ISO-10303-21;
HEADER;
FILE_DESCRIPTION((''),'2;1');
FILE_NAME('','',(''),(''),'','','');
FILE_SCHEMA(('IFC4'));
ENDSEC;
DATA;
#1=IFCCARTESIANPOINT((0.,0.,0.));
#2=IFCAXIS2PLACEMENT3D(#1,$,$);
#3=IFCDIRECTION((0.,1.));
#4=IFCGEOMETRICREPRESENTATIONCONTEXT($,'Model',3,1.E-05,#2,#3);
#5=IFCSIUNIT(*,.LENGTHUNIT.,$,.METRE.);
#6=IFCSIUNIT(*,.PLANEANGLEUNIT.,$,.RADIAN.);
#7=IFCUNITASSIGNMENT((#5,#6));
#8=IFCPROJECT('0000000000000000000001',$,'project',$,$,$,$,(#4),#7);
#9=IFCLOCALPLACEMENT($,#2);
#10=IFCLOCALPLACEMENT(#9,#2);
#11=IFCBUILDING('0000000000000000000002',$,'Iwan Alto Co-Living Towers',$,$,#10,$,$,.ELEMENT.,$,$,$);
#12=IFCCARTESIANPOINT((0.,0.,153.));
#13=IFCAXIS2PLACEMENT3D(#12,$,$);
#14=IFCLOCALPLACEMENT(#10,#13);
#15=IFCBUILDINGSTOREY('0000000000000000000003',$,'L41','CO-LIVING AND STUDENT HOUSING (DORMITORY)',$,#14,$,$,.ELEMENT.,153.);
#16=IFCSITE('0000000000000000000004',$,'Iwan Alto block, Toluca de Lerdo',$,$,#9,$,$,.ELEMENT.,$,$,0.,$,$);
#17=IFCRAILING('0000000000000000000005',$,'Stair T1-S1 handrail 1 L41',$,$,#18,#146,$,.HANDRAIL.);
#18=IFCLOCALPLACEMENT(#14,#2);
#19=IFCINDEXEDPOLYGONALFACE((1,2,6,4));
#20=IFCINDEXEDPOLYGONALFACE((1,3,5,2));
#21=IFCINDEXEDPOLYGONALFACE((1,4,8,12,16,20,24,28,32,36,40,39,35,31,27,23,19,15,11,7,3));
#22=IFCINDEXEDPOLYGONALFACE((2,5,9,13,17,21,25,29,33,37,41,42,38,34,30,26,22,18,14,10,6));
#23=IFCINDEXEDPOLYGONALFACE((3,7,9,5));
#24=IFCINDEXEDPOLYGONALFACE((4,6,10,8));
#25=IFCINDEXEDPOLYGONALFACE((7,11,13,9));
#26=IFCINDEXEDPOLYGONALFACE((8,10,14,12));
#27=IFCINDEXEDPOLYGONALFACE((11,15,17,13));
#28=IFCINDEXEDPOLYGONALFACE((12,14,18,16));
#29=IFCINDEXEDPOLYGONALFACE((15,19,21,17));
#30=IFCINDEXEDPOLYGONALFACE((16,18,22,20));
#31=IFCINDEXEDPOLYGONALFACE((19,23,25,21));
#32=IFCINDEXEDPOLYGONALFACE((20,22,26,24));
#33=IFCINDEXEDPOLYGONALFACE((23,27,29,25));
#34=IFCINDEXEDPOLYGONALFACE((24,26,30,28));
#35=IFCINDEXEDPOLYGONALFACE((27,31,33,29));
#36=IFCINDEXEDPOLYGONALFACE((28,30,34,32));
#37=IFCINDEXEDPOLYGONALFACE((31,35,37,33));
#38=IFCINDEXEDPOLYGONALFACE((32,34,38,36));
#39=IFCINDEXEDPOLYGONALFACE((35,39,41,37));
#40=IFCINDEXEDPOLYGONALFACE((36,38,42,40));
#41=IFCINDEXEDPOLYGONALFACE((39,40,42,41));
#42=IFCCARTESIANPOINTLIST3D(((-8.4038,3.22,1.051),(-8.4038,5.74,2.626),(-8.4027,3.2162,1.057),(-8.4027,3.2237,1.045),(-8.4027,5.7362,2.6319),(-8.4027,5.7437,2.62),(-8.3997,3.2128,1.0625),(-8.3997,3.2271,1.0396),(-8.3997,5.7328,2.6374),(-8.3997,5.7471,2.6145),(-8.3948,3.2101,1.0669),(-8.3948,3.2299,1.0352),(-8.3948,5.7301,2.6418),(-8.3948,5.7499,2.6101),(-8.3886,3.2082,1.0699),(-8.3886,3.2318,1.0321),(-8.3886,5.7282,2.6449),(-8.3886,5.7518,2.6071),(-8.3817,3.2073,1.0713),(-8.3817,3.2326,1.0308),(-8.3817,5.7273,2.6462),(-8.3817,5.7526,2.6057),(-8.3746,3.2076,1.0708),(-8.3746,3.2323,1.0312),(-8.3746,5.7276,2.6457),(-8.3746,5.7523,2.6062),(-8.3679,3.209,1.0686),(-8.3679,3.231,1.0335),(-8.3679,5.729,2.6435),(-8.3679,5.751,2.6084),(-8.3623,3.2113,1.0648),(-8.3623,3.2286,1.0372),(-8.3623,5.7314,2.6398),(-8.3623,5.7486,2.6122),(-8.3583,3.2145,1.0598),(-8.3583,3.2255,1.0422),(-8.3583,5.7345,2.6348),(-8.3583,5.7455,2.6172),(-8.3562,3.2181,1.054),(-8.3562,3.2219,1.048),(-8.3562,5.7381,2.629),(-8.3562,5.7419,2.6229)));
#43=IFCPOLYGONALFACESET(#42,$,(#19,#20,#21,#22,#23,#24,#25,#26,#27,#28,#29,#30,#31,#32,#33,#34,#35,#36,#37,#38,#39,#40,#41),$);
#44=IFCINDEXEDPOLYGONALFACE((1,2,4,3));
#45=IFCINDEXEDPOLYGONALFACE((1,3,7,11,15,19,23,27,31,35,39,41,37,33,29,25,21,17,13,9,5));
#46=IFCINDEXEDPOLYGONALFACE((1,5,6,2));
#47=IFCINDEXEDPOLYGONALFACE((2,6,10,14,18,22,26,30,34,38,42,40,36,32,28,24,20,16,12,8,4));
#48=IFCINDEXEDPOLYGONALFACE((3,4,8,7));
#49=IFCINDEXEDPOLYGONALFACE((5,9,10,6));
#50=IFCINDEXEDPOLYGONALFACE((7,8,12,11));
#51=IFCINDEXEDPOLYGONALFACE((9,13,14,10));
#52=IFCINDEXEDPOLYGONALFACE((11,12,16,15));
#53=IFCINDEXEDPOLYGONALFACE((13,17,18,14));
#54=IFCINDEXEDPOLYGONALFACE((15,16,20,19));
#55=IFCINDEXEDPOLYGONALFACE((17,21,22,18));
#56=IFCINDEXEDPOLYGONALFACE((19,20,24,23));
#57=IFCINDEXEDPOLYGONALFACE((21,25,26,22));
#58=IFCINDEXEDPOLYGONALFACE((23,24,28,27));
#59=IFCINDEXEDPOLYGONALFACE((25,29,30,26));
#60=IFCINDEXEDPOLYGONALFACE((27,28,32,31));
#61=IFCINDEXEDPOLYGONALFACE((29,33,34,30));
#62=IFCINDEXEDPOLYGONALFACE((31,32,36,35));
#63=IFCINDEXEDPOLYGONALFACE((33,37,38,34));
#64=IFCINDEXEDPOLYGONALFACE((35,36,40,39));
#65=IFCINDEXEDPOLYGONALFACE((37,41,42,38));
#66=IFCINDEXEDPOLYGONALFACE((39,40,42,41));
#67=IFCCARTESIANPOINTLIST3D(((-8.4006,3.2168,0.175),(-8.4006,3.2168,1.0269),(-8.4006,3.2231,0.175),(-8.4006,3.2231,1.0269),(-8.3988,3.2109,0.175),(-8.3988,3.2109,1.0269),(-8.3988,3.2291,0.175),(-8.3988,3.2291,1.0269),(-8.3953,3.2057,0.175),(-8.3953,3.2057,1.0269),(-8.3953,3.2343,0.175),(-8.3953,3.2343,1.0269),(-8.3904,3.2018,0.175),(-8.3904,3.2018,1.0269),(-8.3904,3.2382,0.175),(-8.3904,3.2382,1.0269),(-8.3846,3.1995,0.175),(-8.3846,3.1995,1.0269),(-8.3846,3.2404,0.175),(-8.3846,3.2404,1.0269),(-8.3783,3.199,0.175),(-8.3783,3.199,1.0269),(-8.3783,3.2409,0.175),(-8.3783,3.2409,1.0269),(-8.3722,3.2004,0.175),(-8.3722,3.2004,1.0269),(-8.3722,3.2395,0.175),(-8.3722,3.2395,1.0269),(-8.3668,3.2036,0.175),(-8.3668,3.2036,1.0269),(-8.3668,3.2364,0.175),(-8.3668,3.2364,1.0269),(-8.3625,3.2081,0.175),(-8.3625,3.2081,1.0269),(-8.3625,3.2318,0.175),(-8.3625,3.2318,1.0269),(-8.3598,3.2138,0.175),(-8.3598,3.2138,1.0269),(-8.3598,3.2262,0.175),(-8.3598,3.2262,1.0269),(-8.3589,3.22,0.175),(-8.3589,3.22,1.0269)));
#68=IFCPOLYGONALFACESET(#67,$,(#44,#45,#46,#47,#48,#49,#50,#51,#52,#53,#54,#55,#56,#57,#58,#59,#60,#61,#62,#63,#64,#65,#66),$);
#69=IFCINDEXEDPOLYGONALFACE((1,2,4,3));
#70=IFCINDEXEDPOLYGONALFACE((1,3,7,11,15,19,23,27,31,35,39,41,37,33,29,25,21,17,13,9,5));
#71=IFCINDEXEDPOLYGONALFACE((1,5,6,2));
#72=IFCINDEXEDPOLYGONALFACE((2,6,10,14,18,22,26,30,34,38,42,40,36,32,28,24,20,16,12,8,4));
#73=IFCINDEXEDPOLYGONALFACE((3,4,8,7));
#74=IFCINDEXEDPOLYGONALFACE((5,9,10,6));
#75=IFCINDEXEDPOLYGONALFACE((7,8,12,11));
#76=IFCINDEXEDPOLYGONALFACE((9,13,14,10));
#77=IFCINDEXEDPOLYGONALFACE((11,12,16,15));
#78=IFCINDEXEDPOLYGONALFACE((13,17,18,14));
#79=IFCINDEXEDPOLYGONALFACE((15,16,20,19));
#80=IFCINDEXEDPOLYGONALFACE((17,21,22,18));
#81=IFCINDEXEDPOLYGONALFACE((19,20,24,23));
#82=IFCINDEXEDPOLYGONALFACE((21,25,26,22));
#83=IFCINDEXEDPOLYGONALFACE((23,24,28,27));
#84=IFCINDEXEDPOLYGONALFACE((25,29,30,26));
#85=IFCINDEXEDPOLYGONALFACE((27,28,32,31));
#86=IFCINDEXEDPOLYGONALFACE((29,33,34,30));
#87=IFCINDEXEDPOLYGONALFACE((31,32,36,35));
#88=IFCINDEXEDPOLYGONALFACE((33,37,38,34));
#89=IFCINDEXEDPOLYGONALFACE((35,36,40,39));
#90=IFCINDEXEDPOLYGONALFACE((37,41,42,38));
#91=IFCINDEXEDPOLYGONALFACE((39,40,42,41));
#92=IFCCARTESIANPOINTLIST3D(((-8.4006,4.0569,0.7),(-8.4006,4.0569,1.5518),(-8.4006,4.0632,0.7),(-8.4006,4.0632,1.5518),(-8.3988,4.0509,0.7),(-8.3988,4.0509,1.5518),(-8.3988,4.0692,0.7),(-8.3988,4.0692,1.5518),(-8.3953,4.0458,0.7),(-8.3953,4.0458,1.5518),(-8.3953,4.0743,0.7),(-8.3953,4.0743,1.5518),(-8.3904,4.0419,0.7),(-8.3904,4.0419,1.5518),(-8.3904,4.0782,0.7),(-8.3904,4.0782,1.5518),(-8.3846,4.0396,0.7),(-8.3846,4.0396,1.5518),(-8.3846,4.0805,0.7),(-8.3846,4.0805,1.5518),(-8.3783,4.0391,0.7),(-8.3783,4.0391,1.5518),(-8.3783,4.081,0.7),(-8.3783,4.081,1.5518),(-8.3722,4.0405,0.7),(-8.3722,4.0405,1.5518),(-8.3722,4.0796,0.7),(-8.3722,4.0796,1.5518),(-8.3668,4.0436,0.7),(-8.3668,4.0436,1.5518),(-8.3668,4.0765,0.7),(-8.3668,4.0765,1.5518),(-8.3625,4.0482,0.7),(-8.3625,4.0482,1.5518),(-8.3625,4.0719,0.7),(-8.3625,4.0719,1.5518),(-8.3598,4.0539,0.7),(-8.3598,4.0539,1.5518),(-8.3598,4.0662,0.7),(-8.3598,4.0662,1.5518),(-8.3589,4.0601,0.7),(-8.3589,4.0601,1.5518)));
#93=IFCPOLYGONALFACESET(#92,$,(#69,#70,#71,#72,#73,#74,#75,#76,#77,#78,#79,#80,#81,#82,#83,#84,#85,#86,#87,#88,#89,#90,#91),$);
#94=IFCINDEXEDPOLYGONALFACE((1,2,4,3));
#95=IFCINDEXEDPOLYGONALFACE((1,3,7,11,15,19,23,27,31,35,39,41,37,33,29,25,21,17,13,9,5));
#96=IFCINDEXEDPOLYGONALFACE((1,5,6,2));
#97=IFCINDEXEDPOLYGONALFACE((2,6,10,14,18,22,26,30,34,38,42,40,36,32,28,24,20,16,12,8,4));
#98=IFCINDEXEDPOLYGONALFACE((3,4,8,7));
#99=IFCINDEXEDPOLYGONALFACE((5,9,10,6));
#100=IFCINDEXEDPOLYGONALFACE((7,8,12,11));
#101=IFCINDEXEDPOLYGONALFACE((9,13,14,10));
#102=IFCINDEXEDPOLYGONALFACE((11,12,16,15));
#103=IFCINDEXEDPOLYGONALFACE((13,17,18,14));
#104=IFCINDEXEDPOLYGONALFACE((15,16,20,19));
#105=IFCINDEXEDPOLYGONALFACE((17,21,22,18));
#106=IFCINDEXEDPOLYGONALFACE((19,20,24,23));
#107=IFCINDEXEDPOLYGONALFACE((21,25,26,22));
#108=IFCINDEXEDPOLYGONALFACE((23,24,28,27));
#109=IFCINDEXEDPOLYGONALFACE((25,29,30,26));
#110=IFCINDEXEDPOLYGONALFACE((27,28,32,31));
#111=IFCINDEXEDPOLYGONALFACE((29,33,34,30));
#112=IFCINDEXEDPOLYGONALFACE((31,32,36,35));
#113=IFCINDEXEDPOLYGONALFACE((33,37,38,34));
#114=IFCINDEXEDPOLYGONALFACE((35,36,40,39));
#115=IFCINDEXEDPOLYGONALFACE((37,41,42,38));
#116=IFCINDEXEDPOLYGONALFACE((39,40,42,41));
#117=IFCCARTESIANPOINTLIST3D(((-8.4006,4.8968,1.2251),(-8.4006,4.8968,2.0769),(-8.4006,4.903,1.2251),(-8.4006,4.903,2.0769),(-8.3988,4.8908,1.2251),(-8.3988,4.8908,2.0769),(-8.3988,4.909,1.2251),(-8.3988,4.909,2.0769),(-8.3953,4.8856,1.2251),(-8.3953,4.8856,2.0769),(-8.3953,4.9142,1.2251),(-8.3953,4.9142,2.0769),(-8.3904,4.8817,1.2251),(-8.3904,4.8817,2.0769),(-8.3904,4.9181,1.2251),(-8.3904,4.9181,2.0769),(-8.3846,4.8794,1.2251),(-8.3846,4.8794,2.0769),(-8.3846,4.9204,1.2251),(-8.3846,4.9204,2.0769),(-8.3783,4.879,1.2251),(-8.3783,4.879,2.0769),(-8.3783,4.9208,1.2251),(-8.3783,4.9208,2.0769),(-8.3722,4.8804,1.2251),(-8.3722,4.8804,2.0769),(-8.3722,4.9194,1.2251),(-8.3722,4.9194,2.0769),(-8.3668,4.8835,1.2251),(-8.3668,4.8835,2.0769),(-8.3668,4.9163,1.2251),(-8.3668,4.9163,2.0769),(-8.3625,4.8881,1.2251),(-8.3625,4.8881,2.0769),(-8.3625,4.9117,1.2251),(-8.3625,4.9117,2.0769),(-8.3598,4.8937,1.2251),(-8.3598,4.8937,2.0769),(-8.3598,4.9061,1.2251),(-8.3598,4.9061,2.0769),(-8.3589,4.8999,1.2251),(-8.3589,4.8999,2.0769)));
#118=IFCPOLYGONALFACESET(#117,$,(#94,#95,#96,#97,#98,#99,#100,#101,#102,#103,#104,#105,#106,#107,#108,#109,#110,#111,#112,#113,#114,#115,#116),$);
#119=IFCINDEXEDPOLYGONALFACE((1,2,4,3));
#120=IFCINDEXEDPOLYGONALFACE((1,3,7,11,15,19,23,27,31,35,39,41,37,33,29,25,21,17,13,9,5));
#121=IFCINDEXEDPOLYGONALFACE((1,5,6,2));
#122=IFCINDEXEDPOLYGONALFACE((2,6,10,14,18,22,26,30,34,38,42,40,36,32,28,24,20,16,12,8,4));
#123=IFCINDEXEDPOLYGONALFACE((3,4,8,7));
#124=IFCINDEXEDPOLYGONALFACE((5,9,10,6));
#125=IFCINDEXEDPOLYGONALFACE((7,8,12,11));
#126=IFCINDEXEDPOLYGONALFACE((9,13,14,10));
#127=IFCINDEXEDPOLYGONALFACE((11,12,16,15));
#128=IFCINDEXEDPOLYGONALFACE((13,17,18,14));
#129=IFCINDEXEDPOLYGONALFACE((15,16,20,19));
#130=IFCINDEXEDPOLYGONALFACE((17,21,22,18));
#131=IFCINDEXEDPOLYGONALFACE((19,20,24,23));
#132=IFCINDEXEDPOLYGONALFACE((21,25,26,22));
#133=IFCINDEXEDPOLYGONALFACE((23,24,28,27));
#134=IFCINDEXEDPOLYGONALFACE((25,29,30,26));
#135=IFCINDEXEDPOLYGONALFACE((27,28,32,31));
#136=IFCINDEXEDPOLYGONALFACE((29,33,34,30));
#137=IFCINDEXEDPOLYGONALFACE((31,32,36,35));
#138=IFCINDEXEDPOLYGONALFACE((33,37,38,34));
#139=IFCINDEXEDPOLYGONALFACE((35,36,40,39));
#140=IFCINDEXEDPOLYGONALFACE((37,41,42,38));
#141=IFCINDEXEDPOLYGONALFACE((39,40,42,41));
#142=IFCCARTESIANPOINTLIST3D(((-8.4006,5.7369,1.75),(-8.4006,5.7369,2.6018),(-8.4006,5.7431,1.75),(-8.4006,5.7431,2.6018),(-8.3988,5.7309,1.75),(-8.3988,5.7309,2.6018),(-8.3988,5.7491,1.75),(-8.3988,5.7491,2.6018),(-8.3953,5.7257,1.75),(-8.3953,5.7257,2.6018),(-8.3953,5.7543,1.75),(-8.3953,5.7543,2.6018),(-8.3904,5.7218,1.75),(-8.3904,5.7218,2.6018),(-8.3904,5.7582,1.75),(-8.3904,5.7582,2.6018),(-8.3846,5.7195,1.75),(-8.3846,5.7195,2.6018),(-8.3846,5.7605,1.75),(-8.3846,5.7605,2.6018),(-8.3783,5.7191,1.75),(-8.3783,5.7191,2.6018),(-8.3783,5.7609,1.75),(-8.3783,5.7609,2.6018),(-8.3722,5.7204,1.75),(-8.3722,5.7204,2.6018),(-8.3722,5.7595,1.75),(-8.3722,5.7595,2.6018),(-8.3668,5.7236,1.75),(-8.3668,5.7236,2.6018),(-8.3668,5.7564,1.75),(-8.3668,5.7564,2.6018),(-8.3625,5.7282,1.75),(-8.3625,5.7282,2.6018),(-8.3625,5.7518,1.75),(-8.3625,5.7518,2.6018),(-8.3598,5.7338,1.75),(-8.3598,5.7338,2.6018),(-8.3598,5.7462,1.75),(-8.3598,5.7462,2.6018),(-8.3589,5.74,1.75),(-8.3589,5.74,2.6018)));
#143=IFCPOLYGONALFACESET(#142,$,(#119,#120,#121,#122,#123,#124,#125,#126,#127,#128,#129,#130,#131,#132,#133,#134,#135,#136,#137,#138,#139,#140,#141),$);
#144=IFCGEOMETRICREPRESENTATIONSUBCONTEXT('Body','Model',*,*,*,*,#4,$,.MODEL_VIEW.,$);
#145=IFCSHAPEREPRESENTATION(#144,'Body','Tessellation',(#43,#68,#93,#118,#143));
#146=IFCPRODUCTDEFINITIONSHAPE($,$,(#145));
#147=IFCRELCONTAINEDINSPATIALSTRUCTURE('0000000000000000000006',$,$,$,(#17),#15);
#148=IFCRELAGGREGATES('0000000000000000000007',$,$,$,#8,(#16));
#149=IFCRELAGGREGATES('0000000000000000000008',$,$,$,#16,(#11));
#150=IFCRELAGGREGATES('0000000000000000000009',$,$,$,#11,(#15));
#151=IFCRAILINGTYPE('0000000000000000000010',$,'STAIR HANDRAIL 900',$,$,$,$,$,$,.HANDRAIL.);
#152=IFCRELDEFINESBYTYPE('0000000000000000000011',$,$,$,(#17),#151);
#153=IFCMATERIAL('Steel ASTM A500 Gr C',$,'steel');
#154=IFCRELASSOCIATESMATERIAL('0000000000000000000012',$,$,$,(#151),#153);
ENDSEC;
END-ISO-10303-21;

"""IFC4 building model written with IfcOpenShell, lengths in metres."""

from ifc_helpers import new_model, si_unit, direction, frame, origin, origin_2d, place, context, subcontext, project, spatial, circle, extrude, material, type_object, element, save


model = new_model("IFC4")

# Units and contexts
model_context = context("Model", 3, precision=1e-05, world=origin(), true_north=direction((0.0, 1.0)))
body_context = subcontext(model_context, "Body", "Model", "MODEL_VIEW")
ifc_project = project(units=[si_unit("LENGTHUNIT", "METRE"), si_unit("PLANEANGLEUNIT", "RADIAN")], contexts=[model_context])

# Site, building, storey
site_placement = place(None, origin())
site = spatial("IfcSite", under=ifc_project, at=site_placement, Name="Iwan Alto block, Toluca de Lerdo", CompositionType="ELEMENT", RefElevation=0.0)
building_placement = place(site_placement, origin())
building = spatial("IfcBuilding", under=site, at=building_placement, Name="Iwan Alto Co-Living Towers", CompositionType="ELEMENT")
storey_placement = place(building_placement, frame((0.0, 0.0, 153.0)))
storey = spatial("IfcBuildingStorey", under=building, at=storey_placement, Name="L41", Description="CO-LIVING AND STUDENT HOUSING (DORMITORY)", CompositionType="ELEMENT", Elevation=153.0)

# Railing
ifc_material_1 = material(Name="Steel ASTM A500 Gr C", Category="steel")
railing_type_1 = type_object("IfcRailingType", Name="STAIR HANDRAIL 900", PredefinedType="HANDRAIL", material=ifc_material_1)
railing_1_placement = place(storey_placement, frame((-8.3799, 3.22, 0.175)))
element("IfcRailing", 1, at=railing_1_placement, inside=storey, type_object=railing_type_1, Name="Stair T1-S1 handrail 1 L41", PredefinedType="HANDRAIL", context=body_context, shape_type="SweptSolid", body=[
    extrude(circle(Radius=0.0239, at=origin_2d()), frame((0.0, 0.0, 0.876), z_axis=(0.0, 0.848008, 0.529984), x_axis=(-1.0, 0.0, 0.0)), (0.0, 0.0, 1.0), 2.9717),
    extrude(circle(Radius=0.021, at=origin_2d()), origin(), (0.0, 0.0, 1.0), 0.8518),
    extrude(circle(Radius=0.021, at=origin_2d()), frame((0.0, 0.8401, 0.5249)), (0.0, 0.0, 1.0), 0.8518),
    extrude(circle(Radius=0.021, at=origin_2d()), frame((0.0, 1.6799, 1.05)), (0.0, 0.0, 1.0), 0.8518),
    extrude(circle(Radius=0.021, at=origin_2d()), frame((0.0, 2.52, 1.575)), (0.0, 0.0, 1.0), 0.8518),
])

save(model, "model.ifc")
